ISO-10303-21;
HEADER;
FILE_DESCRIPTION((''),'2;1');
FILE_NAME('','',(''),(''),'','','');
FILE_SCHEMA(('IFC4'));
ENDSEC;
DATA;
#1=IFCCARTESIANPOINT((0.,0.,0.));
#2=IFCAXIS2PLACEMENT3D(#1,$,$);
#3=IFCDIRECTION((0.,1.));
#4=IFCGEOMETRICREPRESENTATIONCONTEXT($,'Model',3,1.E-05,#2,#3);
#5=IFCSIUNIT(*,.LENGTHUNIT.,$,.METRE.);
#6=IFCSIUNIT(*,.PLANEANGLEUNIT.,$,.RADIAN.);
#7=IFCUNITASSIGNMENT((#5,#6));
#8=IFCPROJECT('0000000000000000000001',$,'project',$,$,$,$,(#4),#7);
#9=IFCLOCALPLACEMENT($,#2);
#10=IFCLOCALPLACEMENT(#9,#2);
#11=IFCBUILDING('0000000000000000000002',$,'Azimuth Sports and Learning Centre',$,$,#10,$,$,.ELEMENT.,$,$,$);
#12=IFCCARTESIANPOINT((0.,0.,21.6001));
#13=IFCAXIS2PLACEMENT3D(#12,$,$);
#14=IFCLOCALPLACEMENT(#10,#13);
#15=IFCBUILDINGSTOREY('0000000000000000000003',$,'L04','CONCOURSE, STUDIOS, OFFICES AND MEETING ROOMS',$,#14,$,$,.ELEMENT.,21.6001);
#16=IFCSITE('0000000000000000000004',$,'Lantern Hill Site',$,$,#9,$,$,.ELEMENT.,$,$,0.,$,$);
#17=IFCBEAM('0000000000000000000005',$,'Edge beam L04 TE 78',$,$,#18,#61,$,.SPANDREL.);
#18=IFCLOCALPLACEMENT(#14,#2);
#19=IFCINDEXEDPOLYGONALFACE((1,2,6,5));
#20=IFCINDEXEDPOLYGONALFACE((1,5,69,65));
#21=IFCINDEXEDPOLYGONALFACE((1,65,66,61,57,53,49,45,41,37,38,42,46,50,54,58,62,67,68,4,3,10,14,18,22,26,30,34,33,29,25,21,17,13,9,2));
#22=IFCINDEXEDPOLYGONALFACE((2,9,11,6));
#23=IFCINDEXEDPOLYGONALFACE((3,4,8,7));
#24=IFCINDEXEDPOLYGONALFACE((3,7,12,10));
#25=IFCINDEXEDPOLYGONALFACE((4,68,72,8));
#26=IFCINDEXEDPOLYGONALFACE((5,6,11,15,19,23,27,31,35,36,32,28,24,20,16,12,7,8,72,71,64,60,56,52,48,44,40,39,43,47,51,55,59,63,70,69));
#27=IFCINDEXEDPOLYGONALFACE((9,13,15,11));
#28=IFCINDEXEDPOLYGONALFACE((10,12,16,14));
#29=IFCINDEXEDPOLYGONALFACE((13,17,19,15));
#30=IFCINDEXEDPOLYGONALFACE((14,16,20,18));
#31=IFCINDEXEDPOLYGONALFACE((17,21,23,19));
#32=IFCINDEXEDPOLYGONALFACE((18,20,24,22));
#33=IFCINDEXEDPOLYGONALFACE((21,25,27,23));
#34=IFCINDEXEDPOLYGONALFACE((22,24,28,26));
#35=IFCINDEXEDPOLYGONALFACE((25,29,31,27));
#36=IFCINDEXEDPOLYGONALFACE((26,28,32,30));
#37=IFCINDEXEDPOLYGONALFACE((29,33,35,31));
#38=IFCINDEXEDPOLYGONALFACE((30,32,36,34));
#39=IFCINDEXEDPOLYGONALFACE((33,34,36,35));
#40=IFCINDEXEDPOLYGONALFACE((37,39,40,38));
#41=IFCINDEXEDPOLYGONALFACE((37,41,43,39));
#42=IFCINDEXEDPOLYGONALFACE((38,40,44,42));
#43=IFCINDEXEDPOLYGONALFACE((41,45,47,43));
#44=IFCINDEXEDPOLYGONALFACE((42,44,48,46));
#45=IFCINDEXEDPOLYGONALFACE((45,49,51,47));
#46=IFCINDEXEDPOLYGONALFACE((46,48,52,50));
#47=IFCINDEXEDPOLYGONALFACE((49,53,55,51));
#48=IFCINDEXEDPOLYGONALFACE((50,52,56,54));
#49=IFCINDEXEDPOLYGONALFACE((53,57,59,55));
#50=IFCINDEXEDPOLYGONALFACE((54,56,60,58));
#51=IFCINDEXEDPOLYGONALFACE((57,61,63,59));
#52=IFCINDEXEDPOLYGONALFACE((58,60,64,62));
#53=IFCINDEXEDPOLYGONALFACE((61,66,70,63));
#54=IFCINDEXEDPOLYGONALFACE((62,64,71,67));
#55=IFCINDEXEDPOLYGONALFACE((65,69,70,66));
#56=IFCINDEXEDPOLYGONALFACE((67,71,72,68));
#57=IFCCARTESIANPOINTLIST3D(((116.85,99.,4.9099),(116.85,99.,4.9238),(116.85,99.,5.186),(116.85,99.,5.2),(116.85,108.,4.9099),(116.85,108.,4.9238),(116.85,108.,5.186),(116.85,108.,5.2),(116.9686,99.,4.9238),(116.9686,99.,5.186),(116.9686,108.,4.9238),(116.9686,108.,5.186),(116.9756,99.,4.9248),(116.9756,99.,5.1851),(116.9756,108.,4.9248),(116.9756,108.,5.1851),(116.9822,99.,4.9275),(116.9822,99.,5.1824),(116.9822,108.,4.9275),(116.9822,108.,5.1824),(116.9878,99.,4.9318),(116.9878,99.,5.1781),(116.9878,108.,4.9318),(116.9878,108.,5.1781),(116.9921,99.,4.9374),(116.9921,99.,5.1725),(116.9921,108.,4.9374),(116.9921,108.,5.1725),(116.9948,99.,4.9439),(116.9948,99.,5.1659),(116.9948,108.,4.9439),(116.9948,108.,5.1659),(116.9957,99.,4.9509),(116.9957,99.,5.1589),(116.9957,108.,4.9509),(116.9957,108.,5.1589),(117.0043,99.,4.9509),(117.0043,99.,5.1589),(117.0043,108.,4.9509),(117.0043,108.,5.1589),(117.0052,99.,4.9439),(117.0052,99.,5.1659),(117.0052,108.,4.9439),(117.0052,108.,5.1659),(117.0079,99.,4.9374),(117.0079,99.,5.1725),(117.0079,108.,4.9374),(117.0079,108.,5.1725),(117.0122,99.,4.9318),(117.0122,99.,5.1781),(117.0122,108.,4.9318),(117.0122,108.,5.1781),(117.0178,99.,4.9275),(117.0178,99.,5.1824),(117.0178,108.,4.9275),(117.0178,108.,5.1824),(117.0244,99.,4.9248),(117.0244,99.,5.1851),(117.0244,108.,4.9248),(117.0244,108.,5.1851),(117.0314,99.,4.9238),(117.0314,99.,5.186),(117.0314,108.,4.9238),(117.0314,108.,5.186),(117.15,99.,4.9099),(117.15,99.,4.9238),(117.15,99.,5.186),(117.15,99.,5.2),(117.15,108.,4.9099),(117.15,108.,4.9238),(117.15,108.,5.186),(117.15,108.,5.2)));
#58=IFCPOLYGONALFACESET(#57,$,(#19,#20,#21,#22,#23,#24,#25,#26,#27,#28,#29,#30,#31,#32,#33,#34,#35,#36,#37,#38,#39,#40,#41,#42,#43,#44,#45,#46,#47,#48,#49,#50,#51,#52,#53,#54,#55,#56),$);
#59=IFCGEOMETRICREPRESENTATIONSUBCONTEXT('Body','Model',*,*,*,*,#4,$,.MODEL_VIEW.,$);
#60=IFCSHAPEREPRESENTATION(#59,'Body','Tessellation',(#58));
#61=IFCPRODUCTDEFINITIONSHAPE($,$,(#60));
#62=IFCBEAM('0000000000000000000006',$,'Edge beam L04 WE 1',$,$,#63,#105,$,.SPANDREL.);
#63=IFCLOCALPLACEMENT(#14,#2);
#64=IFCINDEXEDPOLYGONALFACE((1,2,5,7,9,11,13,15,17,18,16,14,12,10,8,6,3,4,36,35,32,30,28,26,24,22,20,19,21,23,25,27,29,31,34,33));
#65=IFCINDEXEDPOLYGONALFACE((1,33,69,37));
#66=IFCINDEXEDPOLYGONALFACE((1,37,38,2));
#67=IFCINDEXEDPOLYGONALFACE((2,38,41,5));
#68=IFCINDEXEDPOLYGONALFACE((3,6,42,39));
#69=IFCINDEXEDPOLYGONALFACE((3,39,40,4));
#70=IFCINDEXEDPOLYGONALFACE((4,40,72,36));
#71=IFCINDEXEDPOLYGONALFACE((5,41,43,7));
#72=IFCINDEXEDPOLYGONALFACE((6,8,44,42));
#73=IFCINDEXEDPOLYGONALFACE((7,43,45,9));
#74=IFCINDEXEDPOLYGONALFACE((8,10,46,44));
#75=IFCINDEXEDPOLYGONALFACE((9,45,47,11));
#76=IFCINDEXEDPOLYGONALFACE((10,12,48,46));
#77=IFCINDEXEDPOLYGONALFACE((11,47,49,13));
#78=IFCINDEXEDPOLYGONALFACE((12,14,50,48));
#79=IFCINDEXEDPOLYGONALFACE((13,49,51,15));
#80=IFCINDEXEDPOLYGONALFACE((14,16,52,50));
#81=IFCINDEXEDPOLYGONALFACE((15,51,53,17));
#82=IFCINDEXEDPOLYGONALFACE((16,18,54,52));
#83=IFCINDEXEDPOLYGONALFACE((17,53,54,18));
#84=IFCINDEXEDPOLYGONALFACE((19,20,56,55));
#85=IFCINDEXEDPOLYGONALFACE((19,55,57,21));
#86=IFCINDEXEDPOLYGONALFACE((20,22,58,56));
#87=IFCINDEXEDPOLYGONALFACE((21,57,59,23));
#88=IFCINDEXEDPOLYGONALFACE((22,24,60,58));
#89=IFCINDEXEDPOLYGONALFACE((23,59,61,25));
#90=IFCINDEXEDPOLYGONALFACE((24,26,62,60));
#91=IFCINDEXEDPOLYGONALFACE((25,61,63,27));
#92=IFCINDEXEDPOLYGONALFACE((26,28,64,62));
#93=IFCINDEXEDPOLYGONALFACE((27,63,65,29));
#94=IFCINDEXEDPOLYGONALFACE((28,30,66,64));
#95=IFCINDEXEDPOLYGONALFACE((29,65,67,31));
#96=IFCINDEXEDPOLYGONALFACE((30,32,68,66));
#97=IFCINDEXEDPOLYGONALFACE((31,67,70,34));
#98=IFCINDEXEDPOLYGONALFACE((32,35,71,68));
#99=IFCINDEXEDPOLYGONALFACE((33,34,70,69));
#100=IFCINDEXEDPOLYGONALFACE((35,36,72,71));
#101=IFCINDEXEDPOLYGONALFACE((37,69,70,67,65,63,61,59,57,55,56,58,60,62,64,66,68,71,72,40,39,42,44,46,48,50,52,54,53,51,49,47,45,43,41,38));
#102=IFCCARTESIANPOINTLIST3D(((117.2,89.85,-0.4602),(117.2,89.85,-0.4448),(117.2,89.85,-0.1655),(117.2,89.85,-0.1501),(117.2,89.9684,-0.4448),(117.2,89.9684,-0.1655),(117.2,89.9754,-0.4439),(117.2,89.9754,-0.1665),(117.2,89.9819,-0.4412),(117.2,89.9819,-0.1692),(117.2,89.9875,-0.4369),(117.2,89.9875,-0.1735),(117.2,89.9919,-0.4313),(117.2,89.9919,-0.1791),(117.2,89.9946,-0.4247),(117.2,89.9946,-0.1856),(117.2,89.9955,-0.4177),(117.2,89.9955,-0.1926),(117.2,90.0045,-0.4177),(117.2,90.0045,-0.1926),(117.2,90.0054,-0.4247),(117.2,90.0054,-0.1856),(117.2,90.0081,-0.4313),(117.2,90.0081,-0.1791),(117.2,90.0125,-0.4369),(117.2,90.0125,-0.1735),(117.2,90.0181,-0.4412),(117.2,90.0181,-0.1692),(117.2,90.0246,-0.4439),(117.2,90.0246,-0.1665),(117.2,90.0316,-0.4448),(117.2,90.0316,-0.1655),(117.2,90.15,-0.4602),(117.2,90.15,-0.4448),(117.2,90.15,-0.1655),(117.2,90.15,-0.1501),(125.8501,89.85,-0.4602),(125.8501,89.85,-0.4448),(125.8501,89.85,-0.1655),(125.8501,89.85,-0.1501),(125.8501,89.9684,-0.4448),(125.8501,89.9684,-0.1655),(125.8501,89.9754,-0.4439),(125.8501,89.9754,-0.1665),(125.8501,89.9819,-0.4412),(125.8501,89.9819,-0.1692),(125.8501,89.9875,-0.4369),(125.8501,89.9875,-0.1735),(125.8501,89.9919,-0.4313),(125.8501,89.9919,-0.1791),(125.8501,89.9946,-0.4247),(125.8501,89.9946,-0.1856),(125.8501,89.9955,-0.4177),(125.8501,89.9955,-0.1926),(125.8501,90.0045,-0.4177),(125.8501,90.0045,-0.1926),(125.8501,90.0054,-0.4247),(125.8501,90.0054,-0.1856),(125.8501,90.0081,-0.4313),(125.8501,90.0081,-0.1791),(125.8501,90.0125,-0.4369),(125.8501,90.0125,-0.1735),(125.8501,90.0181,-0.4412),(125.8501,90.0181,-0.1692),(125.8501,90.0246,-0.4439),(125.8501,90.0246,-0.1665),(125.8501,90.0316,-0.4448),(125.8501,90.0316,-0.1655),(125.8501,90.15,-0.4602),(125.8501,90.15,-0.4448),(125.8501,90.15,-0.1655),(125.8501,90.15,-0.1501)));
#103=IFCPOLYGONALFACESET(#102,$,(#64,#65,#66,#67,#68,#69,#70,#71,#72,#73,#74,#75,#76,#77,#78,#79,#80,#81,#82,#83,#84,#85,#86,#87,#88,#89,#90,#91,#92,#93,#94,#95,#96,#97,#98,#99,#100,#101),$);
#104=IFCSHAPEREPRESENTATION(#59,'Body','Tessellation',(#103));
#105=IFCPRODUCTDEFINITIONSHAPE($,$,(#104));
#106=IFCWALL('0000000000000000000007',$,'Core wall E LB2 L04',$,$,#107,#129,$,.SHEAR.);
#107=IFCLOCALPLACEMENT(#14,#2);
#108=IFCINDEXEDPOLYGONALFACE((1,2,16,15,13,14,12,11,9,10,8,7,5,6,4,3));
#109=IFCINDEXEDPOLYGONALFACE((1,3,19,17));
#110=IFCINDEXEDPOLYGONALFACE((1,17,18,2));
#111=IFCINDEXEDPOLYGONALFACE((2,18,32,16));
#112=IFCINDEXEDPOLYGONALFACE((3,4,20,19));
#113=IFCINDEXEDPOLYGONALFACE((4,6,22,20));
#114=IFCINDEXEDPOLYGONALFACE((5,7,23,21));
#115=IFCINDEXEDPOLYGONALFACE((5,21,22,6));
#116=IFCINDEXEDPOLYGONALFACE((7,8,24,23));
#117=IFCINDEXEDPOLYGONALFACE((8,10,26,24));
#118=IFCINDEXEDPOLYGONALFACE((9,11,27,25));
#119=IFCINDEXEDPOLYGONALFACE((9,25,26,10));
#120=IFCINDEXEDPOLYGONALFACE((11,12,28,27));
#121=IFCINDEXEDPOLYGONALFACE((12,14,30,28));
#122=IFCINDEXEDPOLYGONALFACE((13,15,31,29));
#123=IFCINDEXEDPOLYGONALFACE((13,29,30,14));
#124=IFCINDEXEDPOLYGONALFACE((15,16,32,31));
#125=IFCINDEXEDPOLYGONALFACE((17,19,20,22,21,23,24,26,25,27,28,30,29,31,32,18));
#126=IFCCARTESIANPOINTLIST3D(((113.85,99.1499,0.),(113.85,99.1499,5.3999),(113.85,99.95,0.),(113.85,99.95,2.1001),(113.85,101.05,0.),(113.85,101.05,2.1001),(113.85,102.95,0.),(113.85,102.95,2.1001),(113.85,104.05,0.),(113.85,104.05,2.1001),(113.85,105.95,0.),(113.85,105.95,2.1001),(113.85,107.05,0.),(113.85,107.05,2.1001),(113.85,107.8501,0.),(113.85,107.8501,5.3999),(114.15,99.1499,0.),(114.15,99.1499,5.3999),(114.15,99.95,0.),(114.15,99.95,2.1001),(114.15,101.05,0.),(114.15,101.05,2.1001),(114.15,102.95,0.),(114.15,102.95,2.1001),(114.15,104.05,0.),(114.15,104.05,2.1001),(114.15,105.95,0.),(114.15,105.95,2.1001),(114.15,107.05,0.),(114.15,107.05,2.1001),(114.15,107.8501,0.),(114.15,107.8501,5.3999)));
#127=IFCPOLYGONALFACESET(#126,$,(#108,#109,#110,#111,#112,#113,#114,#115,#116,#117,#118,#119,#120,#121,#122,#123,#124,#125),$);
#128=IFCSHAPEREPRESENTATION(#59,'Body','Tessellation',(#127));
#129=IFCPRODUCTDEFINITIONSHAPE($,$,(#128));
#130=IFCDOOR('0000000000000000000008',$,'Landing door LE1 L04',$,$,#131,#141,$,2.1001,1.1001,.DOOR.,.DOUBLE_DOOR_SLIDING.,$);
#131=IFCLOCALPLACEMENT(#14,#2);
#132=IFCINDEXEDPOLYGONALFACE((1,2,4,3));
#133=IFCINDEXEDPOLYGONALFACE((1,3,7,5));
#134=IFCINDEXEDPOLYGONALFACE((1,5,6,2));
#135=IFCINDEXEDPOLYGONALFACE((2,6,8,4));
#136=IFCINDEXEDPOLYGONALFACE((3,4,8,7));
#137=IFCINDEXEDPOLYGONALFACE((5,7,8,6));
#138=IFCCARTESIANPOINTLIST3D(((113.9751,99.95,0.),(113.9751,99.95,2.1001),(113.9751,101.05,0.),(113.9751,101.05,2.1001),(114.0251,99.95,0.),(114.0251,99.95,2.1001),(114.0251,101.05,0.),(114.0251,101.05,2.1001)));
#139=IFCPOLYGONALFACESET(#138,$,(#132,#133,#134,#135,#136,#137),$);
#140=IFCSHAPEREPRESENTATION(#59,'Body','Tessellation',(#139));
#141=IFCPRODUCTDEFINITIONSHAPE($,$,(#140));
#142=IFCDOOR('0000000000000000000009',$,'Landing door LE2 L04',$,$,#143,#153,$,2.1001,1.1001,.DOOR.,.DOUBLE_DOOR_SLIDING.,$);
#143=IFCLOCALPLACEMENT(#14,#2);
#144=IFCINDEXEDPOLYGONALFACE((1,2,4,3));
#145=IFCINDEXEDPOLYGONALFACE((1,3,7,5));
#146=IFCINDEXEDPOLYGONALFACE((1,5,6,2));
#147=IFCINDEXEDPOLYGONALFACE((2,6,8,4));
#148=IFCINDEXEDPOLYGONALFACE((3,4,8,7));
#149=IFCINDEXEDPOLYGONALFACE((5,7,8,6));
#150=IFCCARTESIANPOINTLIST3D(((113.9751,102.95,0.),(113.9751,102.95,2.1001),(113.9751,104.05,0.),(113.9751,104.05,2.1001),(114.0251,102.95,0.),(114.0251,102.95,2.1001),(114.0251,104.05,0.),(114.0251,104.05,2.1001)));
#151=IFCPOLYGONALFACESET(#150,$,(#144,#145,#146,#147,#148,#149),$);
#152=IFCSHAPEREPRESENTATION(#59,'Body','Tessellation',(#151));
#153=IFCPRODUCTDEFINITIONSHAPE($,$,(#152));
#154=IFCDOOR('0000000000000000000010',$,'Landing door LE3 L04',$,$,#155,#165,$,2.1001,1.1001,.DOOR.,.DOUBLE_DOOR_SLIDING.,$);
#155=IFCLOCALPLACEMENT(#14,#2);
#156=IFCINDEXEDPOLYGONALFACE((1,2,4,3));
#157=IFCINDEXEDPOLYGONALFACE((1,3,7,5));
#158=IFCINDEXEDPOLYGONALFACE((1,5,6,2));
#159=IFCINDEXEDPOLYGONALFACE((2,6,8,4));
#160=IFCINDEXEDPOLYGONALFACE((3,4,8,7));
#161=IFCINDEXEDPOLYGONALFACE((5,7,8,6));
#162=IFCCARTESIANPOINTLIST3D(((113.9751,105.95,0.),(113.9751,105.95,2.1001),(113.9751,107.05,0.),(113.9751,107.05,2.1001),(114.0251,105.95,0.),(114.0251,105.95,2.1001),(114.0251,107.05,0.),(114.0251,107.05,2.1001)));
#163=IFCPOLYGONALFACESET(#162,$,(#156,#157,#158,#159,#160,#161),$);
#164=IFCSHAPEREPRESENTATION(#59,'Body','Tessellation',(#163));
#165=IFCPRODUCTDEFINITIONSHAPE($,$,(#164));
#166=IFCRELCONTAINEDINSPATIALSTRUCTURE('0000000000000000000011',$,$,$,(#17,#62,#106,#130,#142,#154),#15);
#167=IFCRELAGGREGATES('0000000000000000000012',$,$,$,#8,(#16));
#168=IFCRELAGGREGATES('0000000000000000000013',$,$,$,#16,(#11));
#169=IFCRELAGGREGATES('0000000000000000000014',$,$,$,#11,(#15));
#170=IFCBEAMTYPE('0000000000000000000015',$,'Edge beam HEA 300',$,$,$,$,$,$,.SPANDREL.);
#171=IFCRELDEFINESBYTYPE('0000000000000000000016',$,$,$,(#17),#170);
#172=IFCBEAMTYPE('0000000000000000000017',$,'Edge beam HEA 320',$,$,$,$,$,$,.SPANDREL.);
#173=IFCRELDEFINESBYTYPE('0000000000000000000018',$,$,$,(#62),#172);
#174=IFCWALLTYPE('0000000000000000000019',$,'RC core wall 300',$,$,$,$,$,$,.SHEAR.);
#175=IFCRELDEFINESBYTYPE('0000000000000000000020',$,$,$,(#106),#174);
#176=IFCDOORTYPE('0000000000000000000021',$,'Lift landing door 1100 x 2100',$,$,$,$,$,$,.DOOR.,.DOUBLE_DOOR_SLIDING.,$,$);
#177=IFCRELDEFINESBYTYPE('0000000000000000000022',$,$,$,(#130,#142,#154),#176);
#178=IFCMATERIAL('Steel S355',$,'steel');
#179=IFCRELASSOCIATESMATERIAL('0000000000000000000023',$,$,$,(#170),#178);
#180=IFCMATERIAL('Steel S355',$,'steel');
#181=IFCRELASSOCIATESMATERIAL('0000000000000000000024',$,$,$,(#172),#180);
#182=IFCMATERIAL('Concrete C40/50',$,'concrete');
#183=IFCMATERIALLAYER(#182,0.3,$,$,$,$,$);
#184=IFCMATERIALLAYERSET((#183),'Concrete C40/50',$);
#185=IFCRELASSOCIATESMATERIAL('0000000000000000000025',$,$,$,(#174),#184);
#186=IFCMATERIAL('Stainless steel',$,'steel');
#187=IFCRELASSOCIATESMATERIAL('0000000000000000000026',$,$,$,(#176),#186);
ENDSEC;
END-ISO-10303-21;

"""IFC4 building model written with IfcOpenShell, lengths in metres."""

from ifc_helpers import new_model, si_unit, direction, frame, frame_2d, origin, origin_2d, place, context, subcontext, project, spatial, rectangle, i_section, extrude, material, layer, layer_set, material_profile, profile_set, type_object, element, fill, save


model = new_model("IFC4")

# Units and contexts
model_context = context("Model", 3, precision=1e-05, world=origin(), true_north=direction((0.0, 1.0)))
body_context = subcontext(model_context, "Body", "Model", "MODEL_VIEW")
ifc_project = project(units=[si_unit("LENGTHUNIT", "METRE"), si_unit("PLANEANGLEUNIT", "RADIAN")], contexts=[model_context])

# Site, building, storey
site_placement = place(None, origin())
site = spatial("IfcSite", under=ifc_project, at=site_placement, Name="Lantern Hill Site", CompositionType="ELEMENT", RefElevation=0.0)
building_placement = place(site_placement, origin())
building = spatial("IfcBuilding", under=site, at=building_placement, Name="Azimuth Sports and Learning Centre", CompositionType="ELEMENT")
storey_placement = place(building_placement, frame((0.0, 0.0, 21.6001)))
storey = spatial("IfcBuildingStorey", under=building, at=storey_placement, Name="L04", Description="CONCOURSE, STUDIOS, OFFICES AND MEETING ROOMS", CompositionType="ELEMENT", Elevation=21.6001)

# Beams
ifc_material_1 = material(Name="Steel S355", Category="steel")
ifc_material_profile_1 = material_profile(ifc_material_1, i_section(OverallWidth=0.3, OverallDepth=0.29, WebThickness=0.0085, FlangeThickness=0.0139, FilletRadius=0.0271, at=origin_2d()), Name="HEA 300")
ifc_profile_set_1 = profile_set([ifc_material_profile_1], Name="Steel S355")
beam_type_1 = type_object("IfcBeamType", Name="Edge beam HEA 300", PredefinedType="SPANDREL", material=ifc_profile_set_1)
beam_1_placement = place(storey_placement, frame((117.0, 99.0, 5.0549), z_axis=(0.0, 1.0, 0.0), x_axis=(-1.0, 0.0, 0.0)))
element("IfcBeam", 1, at=beam_1_placement, inside=storey, type_object=beam_type_1, Name="Edge beam L04 TE 78", PredefinedType="SPANDREL", context=body_context, shape_type="SweptSolid", body=[
    extrude(i_section(OverallWidth=0.3, OverallDepth=0.29, WebThickness=0.0085, FlangeThickness=0.0139, FilletRadius=0.0271, at=origin_2d()), origin(), (0.0, 0.0, 1.0), 9.0),
])
ifc_material_2 = material(Name="Steel S355", Category="steel")
ifc_material_profile_2 = material_profile(ifc_material_2, i_section(OverallWidth=0.3, OverallDepth=0.3101, WebThickness=0.009, FlangeThickness=0.0154, FilletRadius=0.0271, at=origin_2d()), Name="HEA 320")
ifc_profile_set_2 = profile_set([ifc_material_profile_2], Name="Steel S355")
beam_type_2 = type_object("IfcBeamType", Name="Edge beam HEA 320", PredefinedType="SPANDREL", material=ifc_profile_set_2)
beam_2_placement = place(storey_placement, frame((117.2, 90.0, -0.3052), z_axis=(1.0, 0.0, 0.0), x_axis=(0.0, 1.0, 0.0)))
element("IfcBeam", 2, at=beam_2_placement, inside=storey, type_object=beam_type_2, Name="Edge beam L04 WE 1", PredefinedType="SPANDREL", context=body_context, shape_type="SweptSolid", body=[
    extrude(i_section(OverallWidth=0.3, OverallDepth=0.3101, WebThickness=0.009, FlangeThickness=0.0154, FilletRadius=0.0271, at=origin_2d()), origin(), (0.0, 0.0, 1.0), 8.6501),
])

# Wall, openings, doors
ifc_material_3 = material(Name="Concrete C40/50", Category="concrete")
ifc_layer_1 = layer(ifc_material_3, 0.3)
ifc_layer_set_1 = layer_set([ifc_layer_1], Name="Concrete C40/50")
wall_type_1 = type_object("IfcWallType", Name="RC core wall 300", PredefinedType="SHEAR", material=ifc_layer_set_1)
wall_1_placement = place(storey_placement, frame((114.0, 99.1499, 0.0), z_axis=(0.0, 0.0, 1.0), x_axis=(0.0, 1.0, 0.0)))
wall_1 = element("IfcWall", 3, at=wall_1_placement, inside=storey, type_object=wall_type_1, Name="Core wall E LB2 L04", PredefinedType="SHEAR", context=body_context, shape_type="SweptSolid", body=[
    extrude(rectangle(XDim=8.7002, YDim=0.3, at=frame_2d((4.3501, 0.0))), origin(), (0.0, 0.0, 1.0), 5.3999),
])
opening_1_placement = place(wall_1_placement, frame((0.8, 0.0, 0.0)))
opening_1 = element("IfcOpeningElement", 4, at=opening_1_placement, cuts=wall_1, PredefinedType="OPENING", context=body_context, shape_type="SweptSolid", body=[
    extrude(rectangle(XDim=1.1001, YDim=2.1001, at=frame_2d((0.55, 1.05))), frame((0.0, 0.1611, 0.0), z_axis=(0.0, -1.0, 0.0), x_axis=(1.0, 0.0, 0.0)), (0.0, 0.0, 1.0), 0.322),
])
opening_2_placement = place(wall_1_placement, frame((3.8, 0.0, 0.0)))
opening_2 = element("IfcOpeningElement", 5, at=opening_2_placement, cuts=wall_1, PredefinedType="OPENING", context=body_context, shape_type="SweptSolid", body=[
    extrude(rectangle(XDim=1.1001, YDim=2.1001, at=frame_2d((0.55, 1.05))), frame((0.0, 0.1611, 0.0), z_axis=(0.0, -1.0, 0.0), x_axis=(1.0, 0.0, 0.0)), (0.0, 0.0, 1.0), 0.322),
])
opening_3_placement = place(wall_1_placement, frame((6.8, 0.0, 0.0)))
opening_3 = element("IfcOpeningElement", 6, at=opening_3_placement, cuts=wall_1, PredefinedType="OPENING", context=body_context, shape_type="SweptSolid", body=[
    extrude(rectangle(XDim=1.1001, YDim=2.1001, at=frame_2d((0.55, 1.05))), frame((0.0, 0.1611, 0.0), z_axis=(0.0, -1.0, 0.0), x_axis=(1.0, 0.0, 0.0)), (0.0, 0.0, 1.0), 0.322),
])
ifc_material_4 = material(Name="Stainless steel", Category="steel")
door_type_1 = type_object("IfcDoorType", Name="Lift landing door 1100 x 2100", OperationType="DOUBLE_DOOR_SLIDING", PredefinedType="DOOR", material=ifc_material_4)
door_1_placement = place(opening_1_placement, origin())
door_1 = element("IfcDoor", 7, at=door_1_placement, inside=storey, type_object=door_type_1, Name="Landing door LE1 L04", OperationType="DOUBLE_DOOR_SLIDING", OverallHeight=2.1001, OverallWidth=1.1001, PredefinedType="DOOR", context=body_context, shape_type="SweptSolid", body=[
    extrude(rectangle(XDim=1.1001, YDim=2.1001, at=frame_2d((0.55, 1.05))), frame((0.0, 0.0249, 0.0), z_axis=(0.0, -1.0, 0.0), x_axis=(1.0, 0.0, 0.0)), (0.0, 0.0, 1.0), 0.05),
])
fill(opening_1, door_1)
door_2_placement = place(opening_2_placement, origin())
door_2 = element("IfcDoor", 8, at=door_2_placement, inside=storey, type_object=door_type_1, Name="Landing door LE2 L04", OperationType="DOUBLE_DOOR_SLIDING", OverallHeight=2.1001, OverallWidth=1.1001, PredefinedType="DOOR", context=body_context, shape_type="SweptSolid", body=[
    extrude(rectangle(XDim=1.1001, YDim=2.1001, at=frame_2d((0.55, 1.05))), frame((0.0, 0.0249, 0.0), z_axis=(0.0, -1.0, 0.0), x_axis=(1.0, 0.0, 0.0)), (0.0, 0.0, 1.0), 0.05),
])
fill(opening_2, door_2)
door_3_placement = place(opening_3_placement, origin())
door_3 = element("IfcDoor", 9, at=door_3_placement, inside=storey, type_object=door_type_1, Name="Landing door LE3 L04", OperationType="DOUBLE_DOOR_SLIDING", OverallHeight=2.1001, OverallWidth=1.1001, PredefinedType="DOOR", context=body_context, shape_type="SweptSolid", body=[
    extrude(rectangle(XDim=1.1001, YDim=2.1001, at=frame_2d((0.55, 1.05))), frame((0.0, 0.0249, 0.0), z_axis=(0.0, -1.0, 0.0), x_axis=(1.0, 0.0, 0.0)), (0.0, 0.0, 1.0), 0.05),
])
fill(opening_3, door_3)

save(model, "model.ifc")
